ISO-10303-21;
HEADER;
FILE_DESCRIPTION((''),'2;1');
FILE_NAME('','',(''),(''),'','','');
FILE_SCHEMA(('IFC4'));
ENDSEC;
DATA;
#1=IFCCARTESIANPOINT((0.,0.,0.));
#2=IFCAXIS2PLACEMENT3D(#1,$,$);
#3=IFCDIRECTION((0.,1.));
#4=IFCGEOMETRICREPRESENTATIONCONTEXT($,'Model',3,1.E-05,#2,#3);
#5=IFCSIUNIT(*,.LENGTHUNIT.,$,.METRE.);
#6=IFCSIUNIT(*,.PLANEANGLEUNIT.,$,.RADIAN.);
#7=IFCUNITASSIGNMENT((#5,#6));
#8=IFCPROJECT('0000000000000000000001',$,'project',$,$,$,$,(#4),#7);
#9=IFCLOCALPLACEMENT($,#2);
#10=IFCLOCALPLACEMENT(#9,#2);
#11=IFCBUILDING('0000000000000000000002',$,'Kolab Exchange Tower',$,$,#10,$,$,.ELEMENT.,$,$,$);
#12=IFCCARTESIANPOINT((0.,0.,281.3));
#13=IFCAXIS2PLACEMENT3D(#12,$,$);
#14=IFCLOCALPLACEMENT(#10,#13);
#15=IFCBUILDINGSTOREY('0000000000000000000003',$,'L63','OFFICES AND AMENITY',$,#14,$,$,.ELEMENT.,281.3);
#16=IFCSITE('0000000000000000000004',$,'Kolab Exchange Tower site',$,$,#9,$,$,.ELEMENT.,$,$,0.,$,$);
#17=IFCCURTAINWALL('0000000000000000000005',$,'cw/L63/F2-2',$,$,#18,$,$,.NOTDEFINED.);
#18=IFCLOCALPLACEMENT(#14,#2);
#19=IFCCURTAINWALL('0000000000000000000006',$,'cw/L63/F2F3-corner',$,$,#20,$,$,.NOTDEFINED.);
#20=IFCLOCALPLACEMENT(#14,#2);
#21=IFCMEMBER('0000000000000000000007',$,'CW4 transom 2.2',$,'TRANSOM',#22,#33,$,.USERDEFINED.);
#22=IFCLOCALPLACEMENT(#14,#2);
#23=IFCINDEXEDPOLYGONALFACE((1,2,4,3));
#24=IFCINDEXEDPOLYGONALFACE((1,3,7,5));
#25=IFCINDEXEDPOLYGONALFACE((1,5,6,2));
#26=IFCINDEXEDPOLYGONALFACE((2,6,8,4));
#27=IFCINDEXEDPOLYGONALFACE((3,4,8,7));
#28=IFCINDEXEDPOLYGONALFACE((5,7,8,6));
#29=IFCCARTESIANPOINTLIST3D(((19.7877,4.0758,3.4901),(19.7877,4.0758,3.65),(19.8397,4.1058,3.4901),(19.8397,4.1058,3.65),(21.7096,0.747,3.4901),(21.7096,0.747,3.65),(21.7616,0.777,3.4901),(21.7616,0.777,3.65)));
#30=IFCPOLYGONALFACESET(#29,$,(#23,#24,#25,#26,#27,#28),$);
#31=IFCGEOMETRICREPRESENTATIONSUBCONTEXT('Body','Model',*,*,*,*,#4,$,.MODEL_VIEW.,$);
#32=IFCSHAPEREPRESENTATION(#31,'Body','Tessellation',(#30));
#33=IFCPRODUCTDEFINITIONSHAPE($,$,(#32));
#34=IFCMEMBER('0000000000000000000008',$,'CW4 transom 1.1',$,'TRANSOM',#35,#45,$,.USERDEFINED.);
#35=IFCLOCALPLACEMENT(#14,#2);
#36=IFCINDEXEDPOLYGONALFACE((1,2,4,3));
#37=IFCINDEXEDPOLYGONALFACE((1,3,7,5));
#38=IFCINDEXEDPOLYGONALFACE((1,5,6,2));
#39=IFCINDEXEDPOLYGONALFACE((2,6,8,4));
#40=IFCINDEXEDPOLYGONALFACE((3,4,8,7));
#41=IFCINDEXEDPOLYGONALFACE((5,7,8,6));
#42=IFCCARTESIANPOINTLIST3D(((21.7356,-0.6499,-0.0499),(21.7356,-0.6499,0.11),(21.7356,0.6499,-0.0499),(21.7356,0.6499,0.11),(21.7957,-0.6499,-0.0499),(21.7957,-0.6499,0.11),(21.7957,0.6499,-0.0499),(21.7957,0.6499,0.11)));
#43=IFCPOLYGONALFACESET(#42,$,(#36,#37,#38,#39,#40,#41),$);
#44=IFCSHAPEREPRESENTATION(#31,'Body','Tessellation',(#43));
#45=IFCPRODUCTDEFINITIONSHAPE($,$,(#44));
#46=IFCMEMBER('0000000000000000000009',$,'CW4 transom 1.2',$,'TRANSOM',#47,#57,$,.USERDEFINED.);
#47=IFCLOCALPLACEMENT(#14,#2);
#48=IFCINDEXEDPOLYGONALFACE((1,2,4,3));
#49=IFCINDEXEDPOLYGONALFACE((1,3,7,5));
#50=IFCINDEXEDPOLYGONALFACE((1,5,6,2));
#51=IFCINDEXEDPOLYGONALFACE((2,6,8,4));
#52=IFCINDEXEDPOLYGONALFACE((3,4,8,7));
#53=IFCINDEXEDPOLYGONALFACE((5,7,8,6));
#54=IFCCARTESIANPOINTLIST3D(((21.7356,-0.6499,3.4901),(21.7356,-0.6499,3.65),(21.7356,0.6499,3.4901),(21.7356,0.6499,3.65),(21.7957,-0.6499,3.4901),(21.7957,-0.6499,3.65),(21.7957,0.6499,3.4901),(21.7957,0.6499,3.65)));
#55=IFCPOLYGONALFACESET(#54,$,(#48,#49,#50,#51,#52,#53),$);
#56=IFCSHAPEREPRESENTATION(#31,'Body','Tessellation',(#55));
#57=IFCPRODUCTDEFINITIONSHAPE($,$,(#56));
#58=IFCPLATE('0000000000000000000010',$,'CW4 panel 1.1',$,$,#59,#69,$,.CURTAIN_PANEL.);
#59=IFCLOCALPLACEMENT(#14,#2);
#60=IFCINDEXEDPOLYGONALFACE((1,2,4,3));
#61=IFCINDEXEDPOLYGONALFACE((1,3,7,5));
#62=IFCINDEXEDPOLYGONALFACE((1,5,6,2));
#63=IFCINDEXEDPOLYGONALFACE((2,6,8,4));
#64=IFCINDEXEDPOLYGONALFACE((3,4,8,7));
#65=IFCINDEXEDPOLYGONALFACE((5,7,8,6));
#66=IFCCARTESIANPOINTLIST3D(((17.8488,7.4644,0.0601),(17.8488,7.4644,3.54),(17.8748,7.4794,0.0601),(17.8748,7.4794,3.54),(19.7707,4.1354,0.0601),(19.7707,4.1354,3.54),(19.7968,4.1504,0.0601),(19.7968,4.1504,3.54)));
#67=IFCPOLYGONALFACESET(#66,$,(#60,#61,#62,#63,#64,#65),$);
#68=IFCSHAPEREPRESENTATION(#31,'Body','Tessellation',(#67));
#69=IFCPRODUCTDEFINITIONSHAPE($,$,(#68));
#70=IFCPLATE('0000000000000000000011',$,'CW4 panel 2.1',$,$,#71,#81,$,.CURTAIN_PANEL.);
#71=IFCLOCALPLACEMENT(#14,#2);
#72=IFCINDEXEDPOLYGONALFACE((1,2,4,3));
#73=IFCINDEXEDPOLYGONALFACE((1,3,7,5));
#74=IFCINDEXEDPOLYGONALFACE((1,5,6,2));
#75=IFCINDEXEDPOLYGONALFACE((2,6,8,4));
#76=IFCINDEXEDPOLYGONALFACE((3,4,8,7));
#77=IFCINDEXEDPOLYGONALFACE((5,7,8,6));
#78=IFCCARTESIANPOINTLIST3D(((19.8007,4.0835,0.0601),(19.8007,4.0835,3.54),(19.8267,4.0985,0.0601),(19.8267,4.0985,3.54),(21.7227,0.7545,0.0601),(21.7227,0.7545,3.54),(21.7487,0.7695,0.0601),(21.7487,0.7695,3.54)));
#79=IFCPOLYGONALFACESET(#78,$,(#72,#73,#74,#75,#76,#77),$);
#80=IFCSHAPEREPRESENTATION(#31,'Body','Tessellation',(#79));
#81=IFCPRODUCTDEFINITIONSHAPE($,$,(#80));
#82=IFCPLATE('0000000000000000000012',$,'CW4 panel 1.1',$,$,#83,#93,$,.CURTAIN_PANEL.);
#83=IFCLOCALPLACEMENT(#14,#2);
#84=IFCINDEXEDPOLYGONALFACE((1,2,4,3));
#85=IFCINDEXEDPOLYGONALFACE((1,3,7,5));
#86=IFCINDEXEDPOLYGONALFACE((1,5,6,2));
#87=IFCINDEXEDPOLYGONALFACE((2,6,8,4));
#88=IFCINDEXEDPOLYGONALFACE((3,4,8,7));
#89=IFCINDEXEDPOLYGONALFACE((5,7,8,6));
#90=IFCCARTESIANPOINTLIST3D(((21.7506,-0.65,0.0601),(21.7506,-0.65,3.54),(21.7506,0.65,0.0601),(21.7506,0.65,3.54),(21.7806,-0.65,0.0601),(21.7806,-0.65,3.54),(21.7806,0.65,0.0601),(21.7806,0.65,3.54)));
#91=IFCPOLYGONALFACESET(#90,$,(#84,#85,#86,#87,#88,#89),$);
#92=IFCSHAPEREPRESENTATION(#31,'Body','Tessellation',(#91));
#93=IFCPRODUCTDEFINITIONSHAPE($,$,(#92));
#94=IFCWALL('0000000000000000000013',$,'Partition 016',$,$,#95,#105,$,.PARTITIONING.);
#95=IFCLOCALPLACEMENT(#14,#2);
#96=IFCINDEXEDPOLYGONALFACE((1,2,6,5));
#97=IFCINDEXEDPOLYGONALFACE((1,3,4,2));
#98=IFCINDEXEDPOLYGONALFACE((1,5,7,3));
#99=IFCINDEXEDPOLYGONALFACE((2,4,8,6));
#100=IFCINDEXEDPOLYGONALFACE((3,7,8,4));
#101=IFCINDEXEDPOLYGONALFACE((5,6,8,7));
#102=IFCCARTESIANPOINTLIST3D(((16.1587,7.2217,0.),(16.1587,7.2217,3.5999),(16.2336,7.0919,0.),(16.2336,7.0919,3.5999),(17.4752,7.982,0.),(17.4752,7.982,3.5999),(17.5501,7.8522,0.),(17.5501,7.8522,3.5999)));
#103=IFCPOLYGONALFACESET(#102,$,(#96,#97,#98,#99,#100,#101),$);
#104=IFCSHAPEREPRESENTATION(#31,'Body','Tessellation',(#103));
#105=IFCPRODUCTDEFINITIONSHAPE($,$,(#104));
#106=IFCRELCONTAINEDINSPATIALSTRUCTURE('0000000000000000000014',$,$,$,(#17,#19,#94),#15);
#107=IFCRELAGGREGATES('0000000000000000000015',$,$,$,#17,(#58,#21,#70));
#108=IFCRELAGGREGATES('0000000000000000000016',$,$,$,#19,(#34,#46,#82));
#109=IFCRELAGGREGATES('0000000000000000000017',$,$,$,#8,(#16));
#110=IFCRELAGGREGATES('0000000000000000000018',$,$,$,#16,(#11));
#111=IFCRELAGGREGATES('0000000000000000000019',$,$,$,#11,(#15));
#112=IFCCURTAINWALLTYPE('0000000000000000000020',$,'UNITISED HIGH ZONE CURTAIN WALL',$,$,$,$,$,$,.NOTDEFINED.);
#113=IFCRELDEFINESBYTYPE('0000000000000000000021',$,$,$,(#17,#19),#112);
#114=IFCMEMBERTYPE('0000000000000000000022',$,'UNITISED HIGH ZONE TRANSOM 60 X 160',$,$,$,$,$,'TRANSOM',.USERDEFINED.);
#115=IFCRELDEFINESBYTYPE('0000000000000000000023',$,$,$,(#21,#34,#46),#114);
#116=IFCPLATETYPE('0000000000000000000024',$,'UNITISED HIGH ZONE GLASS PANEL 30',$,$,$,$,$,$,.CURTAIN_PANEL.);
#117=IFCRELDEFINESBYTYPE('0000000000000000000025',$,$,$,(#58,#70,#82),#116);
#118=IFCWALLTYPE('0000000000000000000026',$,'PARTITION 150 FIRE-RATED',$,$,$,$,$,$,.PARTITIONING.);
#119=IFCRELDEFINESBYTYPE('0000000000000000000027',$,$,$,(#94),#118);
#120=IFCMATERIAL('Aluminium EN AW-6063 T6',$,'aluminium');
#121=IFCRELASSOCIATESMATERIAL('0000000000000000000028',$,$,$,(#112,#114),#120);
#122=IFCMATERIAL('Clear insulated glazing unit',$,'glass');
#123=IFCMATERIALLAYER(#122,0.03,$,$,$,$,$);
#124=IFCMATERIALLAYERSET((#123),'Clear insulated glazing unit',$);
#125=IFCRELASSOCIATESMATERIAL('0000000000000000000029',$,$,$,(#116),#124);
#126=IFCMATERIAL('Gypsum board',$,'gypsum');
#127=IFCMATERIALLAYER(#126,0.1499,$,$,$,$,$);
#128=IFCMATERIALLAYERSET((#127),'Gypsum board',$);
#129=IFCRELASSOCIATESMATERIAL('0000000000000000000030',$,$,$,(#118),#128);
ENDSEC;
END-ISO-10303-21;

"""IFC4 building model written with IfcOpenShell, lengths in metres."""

from ifc_helpers import new_model, si_unit, direction, frame, frame_2d, origin, origin_2d, place, context, subcontext, project, spatial, rectangle, extrude, material, layer, layer_set, material_profile, profile_set, type_object, element, aggregate, save


model = new_model("IFC4")

# Units and contexts
model_context = context("Model", 3, precision=1e-05, world=origin(), true_north=direction((0.0, 1.0)))
body_context = subcontext(model_context, "Body", "Model", "MODEL_VIEW")
ifc_project = project(units=[si_unit("LENGTHUNIT", "METRE"), si_unit("PLANEANGLEUNIT", "RADIAN")], contexts=[model_context])

# Site, building, storey
site_placement = place(None, origin())
site = spatial("IfcSite", under=ifc_project, at=site_placement, Name="Kolab Exchange Tower site", CompositionType="ELEMENT", RefElevation=0.0)
building_placement = place(site_placement, origin())
building = spatial("IfcBuilding", under=site, at=building_placement, Name="Kolab Exchange Tower", CompositionType="ELEMENT")
storey_placement = place(building_placement, frame((0.0, 0.0, 281.3)))
storey = spatial("IfcBuildingStorey", under=building, at=storey_placement, Name="L63", Description="OFFICES AND AMENITY", CompositionType="ELEMENT", Elevation=281.3)

# Curtain wall
ifc_material_1 = material(Name="Aluminium EN AW-6063 T6", Category="aluminium")
curtain_wall_type = type_object("IfcCurtainWallType", Name="UNITISED HIGH ZONE CURTAIN WALL", PredefinedType="NOTDEFINED", material=ifc_material_1)
curtain_wall_1_placement = place(storey_placement, origin())
curtain_wall_1 = element("IfcCurtainWall", 1, at=curtain_wall_1_placement, inside=storey, type_object=curtain_wall_type, Name="cw/L63/F2-2", PredefinedType="NOTDEFINED")

# Curtain wall
curtain_wall_2_placement = place(storey_placement, origin())
curtain_wall_2 = element("IfcCurtainWall", 2, at=curtain_wall_2_placement, inside=storey, type_object=curtain_wall_type, Name="cw/L63/F2F3-corner", PredefinedType="NOTDEFINED")

# Members
ifc_material_profile_1 = material_profile(ifc_material_1, rectangle(XDim=0.0601, YDim=0.1599, at=origin_2d()), Name="RECT 60X160")
ifc_profile_set_1 = profile_set([ifc_material_profile_1], Name="Aluminium EN AW-6063 T6")
member_type_1 = type_object("IfcMemberType", Name="UNITISED HIGH ZONE TRANSOM 60 X 160", ElementType="TRANSOM", PredefinedType="USERDEFINED", material=ifc_profile_set_1)
member_1_placement = place(storey_placement, frame((19.8137, 4.0908, 3.5701), z_axis=(0.499992, -0.86603, 0.0), x_axis=(0.86603, 0.499992, 0.0)))
member_1 = element("IfcMember", 3, at=member_1_placement, type_object=member_type_1, Name="CW4 transom 2.2", ObjectType="TRANSOM", PredefinedType="USERDEFINED", context=body_context, shape_type="SweptSolid", body=[
    extrude(rectangle(XDim=0.0601, YDim=0.1599, at=origin_2d()), origin(), (0.0, 0.0, 1.0), 3.8438),
])
member_2_placement = place(storey_placement, frame((21.7656, 0.6499, 0.03), z_axis=(0.0, -1.0, 0.0), x_axis=(1.0, 0.0, 0.0)))
member_2 = element("IfcMember", 4, at=member_2_placement, type_object=member_type_1, Name="CW4 transom 1.1", ObjectType="TRANSOM", PredefinedType="USERDEFINED", context=body_context, shape_type="SweptSolid", body=[
    extrude(rectangle(XDim=0.0601, YDim=0.1599, at=origin_2d()), origin(), (0.0, 0.0, 1.0), 1.2998),
])
member_3_placement = place(storey_placement, frame((21.7656, 0.6499, 3.5701), z_axis=(0.0, -1.0, 0.0), x_axis=(1.0, 0.0, 0.0)))
member_3 = element("IfcMember", 5, at=member_3_placement, type_object=member_type_1, Name="CW4 transom 1.2", ObjectType="TRANSOM", PredefinedType="USERDEFINED", context=body_context, shape_type="SweptSolid", body=[
    extrude(rectangle(XDim=0.0601, YDim=0.1599, at=origin_2d()), origin(), (0.0, 0.0, 1.0), 1.2998),
])

# Plates
ifc_material_2 = material(Name="Clear insulated glazing unit", Category="glass")
ifc_layer_1 = layer(ifc_material_2, 0.03)
ifc_layer_set_1 = layer_set([ifc_layer_1], Name="Clear insulated glazing unit")
plate_type = type_object("IfcPlateType", Name="UNITISED HIGH ZONE GLASS PANEL 30", PredefinedType="CURTAIN_PANEL", material=ifc_layer_set_1)
plate_1_placement = place(storey_placement, frame((18.8228, 5.8074, 0.0601), z_axis=(0.0, 0.0, 1.0), x_axis=(0.5, -0.866025, 0.0)))
plate_1 = element("IfcPlate", 6, at=plate_1_placement, type_object=plate_type, Name="CW4 panel 1.1", PredefinedType="CURTAIN_PANEL", context=body_context, shape_type="SweptSolid", body=[
    extrude(rectangle(XDim=3.844, YDim=0.03, at=origin_2d()), origin(), (0.0, 0.0, 1.0), 3.48),
])
plate_2_placement = place(storey_placement, frame((20.7747, 2.4265, 0.0601), z_axis=(0.0, 0.0, 1.0), x_axis=(0.5, -0.866025, 0.0)))
plate_2 = element("IfcPlate", 7, at=plate_2_placement, type_object=plate_type, Name="CW4 panel 2.1", PredefinedType="CURTAIN_PANEL", context=body_context, shape_type="SweptSolid", body=[
    extrude(rectangle(XDim=3.844, YDim=0.03, at=origin_2d()), origin(), (0.0, 0.0, 1.0), 3.48),
])
aggregate(curtain_wall_1, [plate_1, member_1, plate_2])
plate_3_placement = place(storey_placement, frame((21.7656, 0.0, 0.0601), z_axis=(0.0, 0.0, 1.0), x_axis=(0.0, -1.0, 0.0)))
plate_3 = element("IfcPlate", 8, at=plate_3_placement, type_object=plate_type, Name="CW4 panel 1.1", PredefinedType="CURTAIN_PANEL", context=body_context, shape_type="SweptSolid", body=[
    extrude(rectangle(XDim=1.3, YDim=0.03, at=origin_2d()), origin(), (0.0, 0.0, 1.0), 3.48),
])
aggregate(curtain_wall_2, [member_2, member_3, plate_3])

# Wall
ifc_material_3 = material(Name="Gypsum board", Category="gypsum")
ifc_layer_2 = layer(ifc_material_3, 0.1499)
ifc_layer_set_2 = layer_set([ifc_layer_2], Name="Gypsum board")
wall_type = type_object("IfcWallType", Name="PARTITION 150 FIRE-RATED", PredefinedType="PARTITIONING", material=ifc_layer_set_2)
wall_placement = place(storey_placement, frame((16.196, 7.1567, 0.0), z_axis=(0.0, 0.0, 1.0), x_axis=(0.865961, 0.500112, 0.0)))
element("IfcWall", 9, at=wall_placement, inside=storey, type_object=wall_type, Name="Partition 016", PredefinedType="PARTITIONING", context=body_context, shape_type="SweptSolid", body=[
    extrude(rectangle(XDim=1.5203, YDim=0.1499, at=frame_2d((0.7603, 0.0))), origin(), (0.0, 0.0, 1.0), 3.5999),
])

save(model, "model.ifc")
